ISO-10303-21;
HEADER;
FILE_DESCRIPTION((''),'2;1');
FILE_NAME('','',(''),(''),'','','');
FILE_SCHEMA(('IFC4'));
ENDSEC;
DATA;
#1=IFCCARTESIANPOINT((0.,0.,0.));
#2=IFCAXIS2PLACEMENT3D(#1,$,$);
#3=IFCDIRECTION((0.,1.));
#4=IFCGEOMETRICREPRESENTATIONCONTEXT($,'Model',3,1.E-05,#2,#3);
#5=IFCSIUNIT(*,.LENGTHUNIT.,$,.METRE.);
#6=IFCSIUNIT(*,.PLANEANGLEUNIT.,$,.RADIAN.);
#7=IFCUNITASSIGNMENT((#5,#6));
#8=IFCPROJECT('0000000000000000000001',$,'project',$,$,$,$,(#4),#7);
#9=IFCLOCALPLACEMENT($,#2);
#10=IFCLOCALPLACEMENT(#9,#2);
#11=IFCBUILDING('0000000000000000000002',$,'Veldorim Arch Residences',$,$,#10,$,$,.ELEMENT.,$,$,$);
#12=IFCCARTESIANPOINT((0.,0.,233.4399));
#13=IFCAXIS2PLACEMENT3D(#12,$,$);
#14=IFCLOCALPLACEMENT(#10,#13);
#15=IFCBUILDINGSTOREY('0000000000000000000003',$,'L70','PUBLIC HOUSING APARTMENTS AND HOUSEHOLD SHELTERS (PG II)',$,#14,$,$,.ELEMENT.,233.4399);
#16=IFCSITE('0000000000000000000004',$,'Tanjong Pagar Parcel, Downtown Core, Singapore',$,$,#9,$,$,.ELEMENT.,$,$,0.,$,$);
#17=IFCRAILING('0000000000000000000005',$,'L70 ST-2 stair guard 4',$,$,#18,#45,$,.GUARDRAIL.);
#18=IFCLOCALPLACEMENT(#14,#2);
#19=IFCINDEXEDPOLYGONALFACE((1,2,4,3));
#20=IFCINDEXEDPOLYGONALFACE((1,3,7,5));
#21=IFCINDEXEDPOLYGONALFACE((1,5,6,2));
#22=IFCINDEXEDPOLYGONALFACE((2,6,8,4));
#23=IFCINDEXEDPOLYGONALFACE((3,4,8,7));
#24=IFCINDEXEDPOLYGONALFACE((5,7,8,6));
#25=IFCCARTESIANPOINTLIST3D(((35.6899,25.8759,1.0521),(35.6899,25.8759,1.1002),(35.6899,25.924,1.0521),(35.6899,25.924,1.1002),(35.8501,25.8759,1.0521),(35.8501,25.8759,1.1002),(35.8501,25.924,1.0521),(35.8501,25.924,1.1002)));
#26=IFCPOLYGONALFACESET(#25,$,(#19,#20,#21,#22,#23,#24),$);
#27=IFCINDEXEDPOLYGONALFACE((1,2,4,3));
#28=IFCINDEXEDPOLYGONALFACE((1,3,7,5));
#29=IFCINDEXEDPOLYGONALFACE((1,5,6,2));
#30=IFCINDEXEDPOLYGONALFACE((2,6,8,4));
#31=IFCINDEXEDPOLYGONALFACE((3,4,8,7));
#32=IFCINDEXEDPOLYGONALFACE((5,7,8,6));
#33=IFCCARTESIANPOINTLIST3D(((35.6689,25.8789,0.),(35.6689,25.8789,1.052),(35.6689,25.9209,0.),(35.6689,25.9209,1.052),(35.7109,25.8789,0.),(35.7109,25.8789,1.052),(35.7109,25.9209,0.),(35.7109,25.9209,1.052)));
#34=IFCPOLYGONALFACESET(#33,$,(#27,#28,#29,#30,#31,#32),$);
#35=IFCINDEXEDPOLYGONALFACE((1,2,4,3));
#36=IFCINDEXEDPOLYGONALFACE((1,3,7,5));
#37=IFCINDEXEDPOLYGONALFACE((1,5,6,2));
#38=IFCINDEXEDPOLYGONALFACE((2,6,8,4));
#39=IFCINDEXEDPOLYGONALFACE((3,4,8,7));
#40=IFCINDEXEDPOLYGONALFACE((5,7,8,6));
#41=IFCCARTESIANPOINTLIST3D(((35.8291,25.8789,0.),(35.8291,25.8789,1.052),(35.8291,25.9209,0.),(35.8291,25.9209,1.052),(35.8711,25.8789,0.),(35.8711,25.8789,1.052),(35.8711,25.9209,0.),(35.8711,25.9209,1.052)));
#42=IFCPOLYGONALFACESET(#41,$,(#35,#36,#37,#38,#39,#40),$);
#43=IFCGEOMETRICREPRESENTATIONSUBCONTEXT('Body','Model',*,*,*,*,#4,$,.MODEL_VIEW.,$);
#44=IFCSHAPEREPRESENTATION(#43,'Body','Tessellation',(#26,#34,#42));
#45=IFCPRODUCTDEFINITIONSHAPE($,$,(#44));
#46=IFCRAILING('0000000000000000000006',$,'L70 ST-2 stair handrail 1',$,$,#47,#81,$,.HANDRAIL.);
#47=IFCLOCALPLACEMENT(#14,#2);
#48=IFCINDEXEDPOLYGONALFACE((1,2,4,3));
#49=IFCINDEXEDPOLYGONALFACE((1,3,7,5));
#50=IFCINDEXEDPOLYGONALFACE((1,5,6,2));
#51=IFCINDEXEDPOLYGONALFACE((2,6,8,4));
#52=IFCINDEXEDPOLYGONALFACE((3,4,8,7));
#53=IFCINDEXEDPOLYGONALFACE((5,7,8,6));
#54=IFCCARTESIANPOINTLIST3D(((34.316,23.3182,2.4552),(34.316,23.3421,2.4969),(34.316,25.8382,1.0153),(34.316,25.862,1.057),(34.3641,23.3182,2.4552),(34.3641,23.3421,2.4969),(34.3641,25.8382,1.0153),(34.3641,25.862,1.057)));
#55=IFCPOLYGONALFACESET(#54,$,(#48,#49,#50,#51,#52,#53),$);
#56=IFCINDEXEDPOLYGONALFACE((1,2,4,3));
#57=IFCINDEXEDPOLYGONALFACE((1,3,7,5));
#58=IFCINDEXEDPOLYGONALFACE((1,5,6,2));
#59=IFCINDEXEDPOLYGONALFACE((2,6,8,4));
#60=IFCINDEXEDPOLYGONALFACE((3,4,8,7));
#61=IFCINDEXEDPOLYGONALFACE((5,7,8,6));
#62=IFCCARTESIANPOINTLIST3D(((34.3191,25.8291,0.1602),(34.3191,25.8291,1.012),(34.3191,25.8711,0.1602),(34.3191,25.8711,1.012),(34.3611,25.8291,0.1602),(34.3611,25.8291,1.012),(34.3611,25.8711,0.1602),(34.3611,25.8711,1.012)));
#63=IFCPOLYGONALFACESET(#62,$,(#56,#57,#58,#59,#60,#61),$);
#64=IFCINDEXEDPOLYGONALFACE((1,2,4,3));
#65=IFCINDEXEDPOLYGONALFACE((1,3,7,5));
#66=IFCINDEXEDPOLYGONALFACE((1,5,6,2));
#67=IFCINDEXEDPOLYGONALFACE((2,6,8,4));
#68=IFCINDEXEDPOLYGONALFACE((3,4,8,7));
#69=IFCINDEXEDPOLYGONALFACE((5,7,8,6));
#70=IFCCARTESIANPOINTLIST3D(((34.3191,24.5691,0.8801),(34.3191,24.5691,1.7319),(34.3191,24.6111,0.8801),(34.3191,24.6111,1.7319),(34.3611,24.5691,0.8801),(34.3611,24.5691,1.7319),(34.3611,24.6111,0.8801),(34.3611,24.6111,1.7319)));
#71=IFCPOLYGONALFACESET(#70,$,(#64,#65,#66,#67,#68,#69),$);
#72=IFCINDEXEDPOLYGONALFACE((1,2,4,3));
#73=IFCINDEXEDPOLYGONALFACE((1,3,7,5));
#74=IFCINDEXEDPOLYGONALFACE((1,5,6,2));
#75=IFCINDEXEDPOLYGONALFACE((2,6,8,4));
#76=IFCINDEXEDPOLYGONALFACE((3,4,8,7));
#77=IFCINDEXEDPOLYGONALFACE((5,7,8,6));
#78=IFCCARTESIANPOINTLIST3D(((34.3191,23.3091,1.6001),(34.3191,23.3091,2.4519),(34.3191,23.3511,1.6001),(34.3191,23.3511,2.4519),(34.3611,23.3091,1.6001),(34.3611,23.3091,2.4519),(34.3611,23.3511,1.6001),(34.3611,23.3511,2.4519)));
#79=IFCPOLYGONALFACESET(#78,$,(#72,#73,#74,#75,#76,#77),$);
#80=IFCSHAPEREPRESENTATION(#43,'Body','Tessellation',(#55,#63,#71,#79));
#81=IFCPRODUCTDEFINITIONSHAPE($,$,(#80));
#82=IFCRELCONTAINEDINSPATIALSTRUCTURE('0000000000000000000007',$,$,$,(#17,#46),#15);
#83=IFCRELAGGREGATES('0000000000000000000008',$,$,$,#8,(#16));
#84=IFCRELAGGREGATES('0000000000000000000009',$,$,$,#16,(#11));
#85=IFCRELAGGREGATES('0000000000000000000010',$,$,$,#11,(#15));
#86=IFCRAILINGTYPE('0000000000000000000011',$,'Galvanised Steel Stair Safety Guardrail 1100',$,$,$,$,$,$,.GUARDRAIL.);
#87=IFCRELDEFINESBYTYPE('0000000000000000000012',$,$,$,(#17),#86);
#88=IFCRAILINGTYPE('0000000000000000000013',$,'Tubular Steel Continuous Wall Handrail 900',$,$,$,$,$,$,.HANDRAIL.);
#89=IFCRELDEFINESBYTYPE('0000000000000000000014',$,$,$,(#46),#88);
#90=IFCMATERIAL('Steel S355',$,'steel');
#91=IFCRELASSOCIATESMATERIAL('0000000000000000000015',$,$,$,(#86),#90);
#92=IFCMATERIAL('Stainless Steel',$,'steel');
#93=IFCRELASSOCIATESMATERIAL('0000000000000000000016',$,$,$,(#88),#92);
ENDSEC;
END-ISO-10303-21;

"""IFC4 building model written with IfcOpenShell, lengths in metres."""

from ifc_helpers import new_model, si_unit, direction, frame, origin, origin_2d, place, context, subcontext, project, spatial, rectangle, extrude, material, type_object, element, save


model = new_model("IFC4")

# Units and contexts
model_context = context("Model", 3, precision=1e-05, world=origin(), true_north=direction((0.0, 1.0)))
body_context = subcontext(model_context, "Body", "Model", "MODEL_VIEW")
ifc_project = project(units=[si_unit("LENGTHUNIT", "METRE"), si_unit("PLANEANGLEUNIT", "RADIAN")], contexts=[model_context])

# Site, building, storey
site_placement = place(None, origin())
site = spatial("IfcSite", under=ifc_project, at=site_placement, Name="Tanjong Pagar Parcel, Downtown Core, Singapore", CompositionType="ELEMENT", RefElevation=0.0)
building_placement = place(site_placement, origin())
building = spatial("IfcBuilding", under=site, at=building_placement, Name="Veldorim Arch Residences", CompositionType="ELEMENT")
storey_placement = place(building_placement, frame((0.0, 0.0, 233.4399)))
storey = spatial("IfcBuildingStorey", under=building, at=storey_placement, Name="L70", Description="PUBLIC HOUSING APARTMENTS AND HOUSEHOLD SHELTERS (PG II)", CompositionType="ELEMENT", Elevation=233.4399)

# Railings
ifc_material_1 = material(Name="Steel S355", Category="steel")
railing_type_1 = type_object("IfcRailingType", Name="Galvanised Steel Stair Safety Guardrail 1100", PredefinedType="GUARDRAIL", material=ifc_material_1)
railing_1_placement = place(storey_placement, frame((35.6899, 25.8999, 0.0)))
element("IfcRailing", 1, at=railing_1_placement, inside=storey, type_object=railing_type_1, Name="L70 ST-2 stair guard 4", PredefinedType="GUARDRAIL", context=body_context, shape_type="SweptSolid", body=[
    extrude(rectangle(XDim=0.0481, YDim=0.0481, at=origin_2d()), frame((0.0, 0.0, 1.0762), z_axis=(1.0, 0.0, 0.0), x_axis=(0.0, 1.0, 0.0)), (0.0, 0.0, 1.0), 0.1602),
    extrude(rectangle(XDim=0.042, YDim=0.042, at=origin_2d()), origin(), (0.0, 0.0, 1.0), 1.052),
    extrude(rectangle(XDim=0.042, YDim=0.042, at=origin_2d()), frame((0.1602, 0.0, 0.0)), (0.0, 0.0, 1.0), 1.052),
])
ifc_material_2 = material(Name="Stainless Steel", Category="steel")
railing_type_2 = type_object("IfcRailingType", Name="Tubular Steel Continuous Wall Handrail 900", PredefinedType="HANDRAIL", material=ifc_material_2)
railing_2_placement = place(storey_placement, frame((34.3401, 25.8501, 0.1602)))
element("IfcRailing", 2, at=railing_2_placement, inside=storey, type_object=railing_type_2, Name="L70 ST-2 stair handrail 1", PredefinedType="HANDRAIL", context=body_context, shape_type="SweptSolid", body=[
    extrude(rectangle(XDim=0.0481, YDim=0.0481, at=origin_2d()), frame((0.0, 0.0, 0.876), z_axis=(0.0, -0.868253, 0.496121), x_axis=(1.0, 0.0, 0.0)), (0.0, 0.0, 1.0), 2.9023),
    extrude(rectangle(XDim=0.042, YDim=0.042, at=origin_2d()), origin(), (0.0, 0.0, 1.0), 0.8518),
    extrude(rectangle(XDim=0.042, YDim=0.042, at=origin_2d()), frame((0.0, -1.26, 0.72)), (0.0, 0.0, 1.0), 0.8518),
    extrude(rectangle(XDim=0.042, YDim=0.042, at=origin_2d()), frame((0.0, -2.52, 1.4399)), (0.0, 0.0, 1.0), 0.8518),
])

save(model, "model.ifc")
